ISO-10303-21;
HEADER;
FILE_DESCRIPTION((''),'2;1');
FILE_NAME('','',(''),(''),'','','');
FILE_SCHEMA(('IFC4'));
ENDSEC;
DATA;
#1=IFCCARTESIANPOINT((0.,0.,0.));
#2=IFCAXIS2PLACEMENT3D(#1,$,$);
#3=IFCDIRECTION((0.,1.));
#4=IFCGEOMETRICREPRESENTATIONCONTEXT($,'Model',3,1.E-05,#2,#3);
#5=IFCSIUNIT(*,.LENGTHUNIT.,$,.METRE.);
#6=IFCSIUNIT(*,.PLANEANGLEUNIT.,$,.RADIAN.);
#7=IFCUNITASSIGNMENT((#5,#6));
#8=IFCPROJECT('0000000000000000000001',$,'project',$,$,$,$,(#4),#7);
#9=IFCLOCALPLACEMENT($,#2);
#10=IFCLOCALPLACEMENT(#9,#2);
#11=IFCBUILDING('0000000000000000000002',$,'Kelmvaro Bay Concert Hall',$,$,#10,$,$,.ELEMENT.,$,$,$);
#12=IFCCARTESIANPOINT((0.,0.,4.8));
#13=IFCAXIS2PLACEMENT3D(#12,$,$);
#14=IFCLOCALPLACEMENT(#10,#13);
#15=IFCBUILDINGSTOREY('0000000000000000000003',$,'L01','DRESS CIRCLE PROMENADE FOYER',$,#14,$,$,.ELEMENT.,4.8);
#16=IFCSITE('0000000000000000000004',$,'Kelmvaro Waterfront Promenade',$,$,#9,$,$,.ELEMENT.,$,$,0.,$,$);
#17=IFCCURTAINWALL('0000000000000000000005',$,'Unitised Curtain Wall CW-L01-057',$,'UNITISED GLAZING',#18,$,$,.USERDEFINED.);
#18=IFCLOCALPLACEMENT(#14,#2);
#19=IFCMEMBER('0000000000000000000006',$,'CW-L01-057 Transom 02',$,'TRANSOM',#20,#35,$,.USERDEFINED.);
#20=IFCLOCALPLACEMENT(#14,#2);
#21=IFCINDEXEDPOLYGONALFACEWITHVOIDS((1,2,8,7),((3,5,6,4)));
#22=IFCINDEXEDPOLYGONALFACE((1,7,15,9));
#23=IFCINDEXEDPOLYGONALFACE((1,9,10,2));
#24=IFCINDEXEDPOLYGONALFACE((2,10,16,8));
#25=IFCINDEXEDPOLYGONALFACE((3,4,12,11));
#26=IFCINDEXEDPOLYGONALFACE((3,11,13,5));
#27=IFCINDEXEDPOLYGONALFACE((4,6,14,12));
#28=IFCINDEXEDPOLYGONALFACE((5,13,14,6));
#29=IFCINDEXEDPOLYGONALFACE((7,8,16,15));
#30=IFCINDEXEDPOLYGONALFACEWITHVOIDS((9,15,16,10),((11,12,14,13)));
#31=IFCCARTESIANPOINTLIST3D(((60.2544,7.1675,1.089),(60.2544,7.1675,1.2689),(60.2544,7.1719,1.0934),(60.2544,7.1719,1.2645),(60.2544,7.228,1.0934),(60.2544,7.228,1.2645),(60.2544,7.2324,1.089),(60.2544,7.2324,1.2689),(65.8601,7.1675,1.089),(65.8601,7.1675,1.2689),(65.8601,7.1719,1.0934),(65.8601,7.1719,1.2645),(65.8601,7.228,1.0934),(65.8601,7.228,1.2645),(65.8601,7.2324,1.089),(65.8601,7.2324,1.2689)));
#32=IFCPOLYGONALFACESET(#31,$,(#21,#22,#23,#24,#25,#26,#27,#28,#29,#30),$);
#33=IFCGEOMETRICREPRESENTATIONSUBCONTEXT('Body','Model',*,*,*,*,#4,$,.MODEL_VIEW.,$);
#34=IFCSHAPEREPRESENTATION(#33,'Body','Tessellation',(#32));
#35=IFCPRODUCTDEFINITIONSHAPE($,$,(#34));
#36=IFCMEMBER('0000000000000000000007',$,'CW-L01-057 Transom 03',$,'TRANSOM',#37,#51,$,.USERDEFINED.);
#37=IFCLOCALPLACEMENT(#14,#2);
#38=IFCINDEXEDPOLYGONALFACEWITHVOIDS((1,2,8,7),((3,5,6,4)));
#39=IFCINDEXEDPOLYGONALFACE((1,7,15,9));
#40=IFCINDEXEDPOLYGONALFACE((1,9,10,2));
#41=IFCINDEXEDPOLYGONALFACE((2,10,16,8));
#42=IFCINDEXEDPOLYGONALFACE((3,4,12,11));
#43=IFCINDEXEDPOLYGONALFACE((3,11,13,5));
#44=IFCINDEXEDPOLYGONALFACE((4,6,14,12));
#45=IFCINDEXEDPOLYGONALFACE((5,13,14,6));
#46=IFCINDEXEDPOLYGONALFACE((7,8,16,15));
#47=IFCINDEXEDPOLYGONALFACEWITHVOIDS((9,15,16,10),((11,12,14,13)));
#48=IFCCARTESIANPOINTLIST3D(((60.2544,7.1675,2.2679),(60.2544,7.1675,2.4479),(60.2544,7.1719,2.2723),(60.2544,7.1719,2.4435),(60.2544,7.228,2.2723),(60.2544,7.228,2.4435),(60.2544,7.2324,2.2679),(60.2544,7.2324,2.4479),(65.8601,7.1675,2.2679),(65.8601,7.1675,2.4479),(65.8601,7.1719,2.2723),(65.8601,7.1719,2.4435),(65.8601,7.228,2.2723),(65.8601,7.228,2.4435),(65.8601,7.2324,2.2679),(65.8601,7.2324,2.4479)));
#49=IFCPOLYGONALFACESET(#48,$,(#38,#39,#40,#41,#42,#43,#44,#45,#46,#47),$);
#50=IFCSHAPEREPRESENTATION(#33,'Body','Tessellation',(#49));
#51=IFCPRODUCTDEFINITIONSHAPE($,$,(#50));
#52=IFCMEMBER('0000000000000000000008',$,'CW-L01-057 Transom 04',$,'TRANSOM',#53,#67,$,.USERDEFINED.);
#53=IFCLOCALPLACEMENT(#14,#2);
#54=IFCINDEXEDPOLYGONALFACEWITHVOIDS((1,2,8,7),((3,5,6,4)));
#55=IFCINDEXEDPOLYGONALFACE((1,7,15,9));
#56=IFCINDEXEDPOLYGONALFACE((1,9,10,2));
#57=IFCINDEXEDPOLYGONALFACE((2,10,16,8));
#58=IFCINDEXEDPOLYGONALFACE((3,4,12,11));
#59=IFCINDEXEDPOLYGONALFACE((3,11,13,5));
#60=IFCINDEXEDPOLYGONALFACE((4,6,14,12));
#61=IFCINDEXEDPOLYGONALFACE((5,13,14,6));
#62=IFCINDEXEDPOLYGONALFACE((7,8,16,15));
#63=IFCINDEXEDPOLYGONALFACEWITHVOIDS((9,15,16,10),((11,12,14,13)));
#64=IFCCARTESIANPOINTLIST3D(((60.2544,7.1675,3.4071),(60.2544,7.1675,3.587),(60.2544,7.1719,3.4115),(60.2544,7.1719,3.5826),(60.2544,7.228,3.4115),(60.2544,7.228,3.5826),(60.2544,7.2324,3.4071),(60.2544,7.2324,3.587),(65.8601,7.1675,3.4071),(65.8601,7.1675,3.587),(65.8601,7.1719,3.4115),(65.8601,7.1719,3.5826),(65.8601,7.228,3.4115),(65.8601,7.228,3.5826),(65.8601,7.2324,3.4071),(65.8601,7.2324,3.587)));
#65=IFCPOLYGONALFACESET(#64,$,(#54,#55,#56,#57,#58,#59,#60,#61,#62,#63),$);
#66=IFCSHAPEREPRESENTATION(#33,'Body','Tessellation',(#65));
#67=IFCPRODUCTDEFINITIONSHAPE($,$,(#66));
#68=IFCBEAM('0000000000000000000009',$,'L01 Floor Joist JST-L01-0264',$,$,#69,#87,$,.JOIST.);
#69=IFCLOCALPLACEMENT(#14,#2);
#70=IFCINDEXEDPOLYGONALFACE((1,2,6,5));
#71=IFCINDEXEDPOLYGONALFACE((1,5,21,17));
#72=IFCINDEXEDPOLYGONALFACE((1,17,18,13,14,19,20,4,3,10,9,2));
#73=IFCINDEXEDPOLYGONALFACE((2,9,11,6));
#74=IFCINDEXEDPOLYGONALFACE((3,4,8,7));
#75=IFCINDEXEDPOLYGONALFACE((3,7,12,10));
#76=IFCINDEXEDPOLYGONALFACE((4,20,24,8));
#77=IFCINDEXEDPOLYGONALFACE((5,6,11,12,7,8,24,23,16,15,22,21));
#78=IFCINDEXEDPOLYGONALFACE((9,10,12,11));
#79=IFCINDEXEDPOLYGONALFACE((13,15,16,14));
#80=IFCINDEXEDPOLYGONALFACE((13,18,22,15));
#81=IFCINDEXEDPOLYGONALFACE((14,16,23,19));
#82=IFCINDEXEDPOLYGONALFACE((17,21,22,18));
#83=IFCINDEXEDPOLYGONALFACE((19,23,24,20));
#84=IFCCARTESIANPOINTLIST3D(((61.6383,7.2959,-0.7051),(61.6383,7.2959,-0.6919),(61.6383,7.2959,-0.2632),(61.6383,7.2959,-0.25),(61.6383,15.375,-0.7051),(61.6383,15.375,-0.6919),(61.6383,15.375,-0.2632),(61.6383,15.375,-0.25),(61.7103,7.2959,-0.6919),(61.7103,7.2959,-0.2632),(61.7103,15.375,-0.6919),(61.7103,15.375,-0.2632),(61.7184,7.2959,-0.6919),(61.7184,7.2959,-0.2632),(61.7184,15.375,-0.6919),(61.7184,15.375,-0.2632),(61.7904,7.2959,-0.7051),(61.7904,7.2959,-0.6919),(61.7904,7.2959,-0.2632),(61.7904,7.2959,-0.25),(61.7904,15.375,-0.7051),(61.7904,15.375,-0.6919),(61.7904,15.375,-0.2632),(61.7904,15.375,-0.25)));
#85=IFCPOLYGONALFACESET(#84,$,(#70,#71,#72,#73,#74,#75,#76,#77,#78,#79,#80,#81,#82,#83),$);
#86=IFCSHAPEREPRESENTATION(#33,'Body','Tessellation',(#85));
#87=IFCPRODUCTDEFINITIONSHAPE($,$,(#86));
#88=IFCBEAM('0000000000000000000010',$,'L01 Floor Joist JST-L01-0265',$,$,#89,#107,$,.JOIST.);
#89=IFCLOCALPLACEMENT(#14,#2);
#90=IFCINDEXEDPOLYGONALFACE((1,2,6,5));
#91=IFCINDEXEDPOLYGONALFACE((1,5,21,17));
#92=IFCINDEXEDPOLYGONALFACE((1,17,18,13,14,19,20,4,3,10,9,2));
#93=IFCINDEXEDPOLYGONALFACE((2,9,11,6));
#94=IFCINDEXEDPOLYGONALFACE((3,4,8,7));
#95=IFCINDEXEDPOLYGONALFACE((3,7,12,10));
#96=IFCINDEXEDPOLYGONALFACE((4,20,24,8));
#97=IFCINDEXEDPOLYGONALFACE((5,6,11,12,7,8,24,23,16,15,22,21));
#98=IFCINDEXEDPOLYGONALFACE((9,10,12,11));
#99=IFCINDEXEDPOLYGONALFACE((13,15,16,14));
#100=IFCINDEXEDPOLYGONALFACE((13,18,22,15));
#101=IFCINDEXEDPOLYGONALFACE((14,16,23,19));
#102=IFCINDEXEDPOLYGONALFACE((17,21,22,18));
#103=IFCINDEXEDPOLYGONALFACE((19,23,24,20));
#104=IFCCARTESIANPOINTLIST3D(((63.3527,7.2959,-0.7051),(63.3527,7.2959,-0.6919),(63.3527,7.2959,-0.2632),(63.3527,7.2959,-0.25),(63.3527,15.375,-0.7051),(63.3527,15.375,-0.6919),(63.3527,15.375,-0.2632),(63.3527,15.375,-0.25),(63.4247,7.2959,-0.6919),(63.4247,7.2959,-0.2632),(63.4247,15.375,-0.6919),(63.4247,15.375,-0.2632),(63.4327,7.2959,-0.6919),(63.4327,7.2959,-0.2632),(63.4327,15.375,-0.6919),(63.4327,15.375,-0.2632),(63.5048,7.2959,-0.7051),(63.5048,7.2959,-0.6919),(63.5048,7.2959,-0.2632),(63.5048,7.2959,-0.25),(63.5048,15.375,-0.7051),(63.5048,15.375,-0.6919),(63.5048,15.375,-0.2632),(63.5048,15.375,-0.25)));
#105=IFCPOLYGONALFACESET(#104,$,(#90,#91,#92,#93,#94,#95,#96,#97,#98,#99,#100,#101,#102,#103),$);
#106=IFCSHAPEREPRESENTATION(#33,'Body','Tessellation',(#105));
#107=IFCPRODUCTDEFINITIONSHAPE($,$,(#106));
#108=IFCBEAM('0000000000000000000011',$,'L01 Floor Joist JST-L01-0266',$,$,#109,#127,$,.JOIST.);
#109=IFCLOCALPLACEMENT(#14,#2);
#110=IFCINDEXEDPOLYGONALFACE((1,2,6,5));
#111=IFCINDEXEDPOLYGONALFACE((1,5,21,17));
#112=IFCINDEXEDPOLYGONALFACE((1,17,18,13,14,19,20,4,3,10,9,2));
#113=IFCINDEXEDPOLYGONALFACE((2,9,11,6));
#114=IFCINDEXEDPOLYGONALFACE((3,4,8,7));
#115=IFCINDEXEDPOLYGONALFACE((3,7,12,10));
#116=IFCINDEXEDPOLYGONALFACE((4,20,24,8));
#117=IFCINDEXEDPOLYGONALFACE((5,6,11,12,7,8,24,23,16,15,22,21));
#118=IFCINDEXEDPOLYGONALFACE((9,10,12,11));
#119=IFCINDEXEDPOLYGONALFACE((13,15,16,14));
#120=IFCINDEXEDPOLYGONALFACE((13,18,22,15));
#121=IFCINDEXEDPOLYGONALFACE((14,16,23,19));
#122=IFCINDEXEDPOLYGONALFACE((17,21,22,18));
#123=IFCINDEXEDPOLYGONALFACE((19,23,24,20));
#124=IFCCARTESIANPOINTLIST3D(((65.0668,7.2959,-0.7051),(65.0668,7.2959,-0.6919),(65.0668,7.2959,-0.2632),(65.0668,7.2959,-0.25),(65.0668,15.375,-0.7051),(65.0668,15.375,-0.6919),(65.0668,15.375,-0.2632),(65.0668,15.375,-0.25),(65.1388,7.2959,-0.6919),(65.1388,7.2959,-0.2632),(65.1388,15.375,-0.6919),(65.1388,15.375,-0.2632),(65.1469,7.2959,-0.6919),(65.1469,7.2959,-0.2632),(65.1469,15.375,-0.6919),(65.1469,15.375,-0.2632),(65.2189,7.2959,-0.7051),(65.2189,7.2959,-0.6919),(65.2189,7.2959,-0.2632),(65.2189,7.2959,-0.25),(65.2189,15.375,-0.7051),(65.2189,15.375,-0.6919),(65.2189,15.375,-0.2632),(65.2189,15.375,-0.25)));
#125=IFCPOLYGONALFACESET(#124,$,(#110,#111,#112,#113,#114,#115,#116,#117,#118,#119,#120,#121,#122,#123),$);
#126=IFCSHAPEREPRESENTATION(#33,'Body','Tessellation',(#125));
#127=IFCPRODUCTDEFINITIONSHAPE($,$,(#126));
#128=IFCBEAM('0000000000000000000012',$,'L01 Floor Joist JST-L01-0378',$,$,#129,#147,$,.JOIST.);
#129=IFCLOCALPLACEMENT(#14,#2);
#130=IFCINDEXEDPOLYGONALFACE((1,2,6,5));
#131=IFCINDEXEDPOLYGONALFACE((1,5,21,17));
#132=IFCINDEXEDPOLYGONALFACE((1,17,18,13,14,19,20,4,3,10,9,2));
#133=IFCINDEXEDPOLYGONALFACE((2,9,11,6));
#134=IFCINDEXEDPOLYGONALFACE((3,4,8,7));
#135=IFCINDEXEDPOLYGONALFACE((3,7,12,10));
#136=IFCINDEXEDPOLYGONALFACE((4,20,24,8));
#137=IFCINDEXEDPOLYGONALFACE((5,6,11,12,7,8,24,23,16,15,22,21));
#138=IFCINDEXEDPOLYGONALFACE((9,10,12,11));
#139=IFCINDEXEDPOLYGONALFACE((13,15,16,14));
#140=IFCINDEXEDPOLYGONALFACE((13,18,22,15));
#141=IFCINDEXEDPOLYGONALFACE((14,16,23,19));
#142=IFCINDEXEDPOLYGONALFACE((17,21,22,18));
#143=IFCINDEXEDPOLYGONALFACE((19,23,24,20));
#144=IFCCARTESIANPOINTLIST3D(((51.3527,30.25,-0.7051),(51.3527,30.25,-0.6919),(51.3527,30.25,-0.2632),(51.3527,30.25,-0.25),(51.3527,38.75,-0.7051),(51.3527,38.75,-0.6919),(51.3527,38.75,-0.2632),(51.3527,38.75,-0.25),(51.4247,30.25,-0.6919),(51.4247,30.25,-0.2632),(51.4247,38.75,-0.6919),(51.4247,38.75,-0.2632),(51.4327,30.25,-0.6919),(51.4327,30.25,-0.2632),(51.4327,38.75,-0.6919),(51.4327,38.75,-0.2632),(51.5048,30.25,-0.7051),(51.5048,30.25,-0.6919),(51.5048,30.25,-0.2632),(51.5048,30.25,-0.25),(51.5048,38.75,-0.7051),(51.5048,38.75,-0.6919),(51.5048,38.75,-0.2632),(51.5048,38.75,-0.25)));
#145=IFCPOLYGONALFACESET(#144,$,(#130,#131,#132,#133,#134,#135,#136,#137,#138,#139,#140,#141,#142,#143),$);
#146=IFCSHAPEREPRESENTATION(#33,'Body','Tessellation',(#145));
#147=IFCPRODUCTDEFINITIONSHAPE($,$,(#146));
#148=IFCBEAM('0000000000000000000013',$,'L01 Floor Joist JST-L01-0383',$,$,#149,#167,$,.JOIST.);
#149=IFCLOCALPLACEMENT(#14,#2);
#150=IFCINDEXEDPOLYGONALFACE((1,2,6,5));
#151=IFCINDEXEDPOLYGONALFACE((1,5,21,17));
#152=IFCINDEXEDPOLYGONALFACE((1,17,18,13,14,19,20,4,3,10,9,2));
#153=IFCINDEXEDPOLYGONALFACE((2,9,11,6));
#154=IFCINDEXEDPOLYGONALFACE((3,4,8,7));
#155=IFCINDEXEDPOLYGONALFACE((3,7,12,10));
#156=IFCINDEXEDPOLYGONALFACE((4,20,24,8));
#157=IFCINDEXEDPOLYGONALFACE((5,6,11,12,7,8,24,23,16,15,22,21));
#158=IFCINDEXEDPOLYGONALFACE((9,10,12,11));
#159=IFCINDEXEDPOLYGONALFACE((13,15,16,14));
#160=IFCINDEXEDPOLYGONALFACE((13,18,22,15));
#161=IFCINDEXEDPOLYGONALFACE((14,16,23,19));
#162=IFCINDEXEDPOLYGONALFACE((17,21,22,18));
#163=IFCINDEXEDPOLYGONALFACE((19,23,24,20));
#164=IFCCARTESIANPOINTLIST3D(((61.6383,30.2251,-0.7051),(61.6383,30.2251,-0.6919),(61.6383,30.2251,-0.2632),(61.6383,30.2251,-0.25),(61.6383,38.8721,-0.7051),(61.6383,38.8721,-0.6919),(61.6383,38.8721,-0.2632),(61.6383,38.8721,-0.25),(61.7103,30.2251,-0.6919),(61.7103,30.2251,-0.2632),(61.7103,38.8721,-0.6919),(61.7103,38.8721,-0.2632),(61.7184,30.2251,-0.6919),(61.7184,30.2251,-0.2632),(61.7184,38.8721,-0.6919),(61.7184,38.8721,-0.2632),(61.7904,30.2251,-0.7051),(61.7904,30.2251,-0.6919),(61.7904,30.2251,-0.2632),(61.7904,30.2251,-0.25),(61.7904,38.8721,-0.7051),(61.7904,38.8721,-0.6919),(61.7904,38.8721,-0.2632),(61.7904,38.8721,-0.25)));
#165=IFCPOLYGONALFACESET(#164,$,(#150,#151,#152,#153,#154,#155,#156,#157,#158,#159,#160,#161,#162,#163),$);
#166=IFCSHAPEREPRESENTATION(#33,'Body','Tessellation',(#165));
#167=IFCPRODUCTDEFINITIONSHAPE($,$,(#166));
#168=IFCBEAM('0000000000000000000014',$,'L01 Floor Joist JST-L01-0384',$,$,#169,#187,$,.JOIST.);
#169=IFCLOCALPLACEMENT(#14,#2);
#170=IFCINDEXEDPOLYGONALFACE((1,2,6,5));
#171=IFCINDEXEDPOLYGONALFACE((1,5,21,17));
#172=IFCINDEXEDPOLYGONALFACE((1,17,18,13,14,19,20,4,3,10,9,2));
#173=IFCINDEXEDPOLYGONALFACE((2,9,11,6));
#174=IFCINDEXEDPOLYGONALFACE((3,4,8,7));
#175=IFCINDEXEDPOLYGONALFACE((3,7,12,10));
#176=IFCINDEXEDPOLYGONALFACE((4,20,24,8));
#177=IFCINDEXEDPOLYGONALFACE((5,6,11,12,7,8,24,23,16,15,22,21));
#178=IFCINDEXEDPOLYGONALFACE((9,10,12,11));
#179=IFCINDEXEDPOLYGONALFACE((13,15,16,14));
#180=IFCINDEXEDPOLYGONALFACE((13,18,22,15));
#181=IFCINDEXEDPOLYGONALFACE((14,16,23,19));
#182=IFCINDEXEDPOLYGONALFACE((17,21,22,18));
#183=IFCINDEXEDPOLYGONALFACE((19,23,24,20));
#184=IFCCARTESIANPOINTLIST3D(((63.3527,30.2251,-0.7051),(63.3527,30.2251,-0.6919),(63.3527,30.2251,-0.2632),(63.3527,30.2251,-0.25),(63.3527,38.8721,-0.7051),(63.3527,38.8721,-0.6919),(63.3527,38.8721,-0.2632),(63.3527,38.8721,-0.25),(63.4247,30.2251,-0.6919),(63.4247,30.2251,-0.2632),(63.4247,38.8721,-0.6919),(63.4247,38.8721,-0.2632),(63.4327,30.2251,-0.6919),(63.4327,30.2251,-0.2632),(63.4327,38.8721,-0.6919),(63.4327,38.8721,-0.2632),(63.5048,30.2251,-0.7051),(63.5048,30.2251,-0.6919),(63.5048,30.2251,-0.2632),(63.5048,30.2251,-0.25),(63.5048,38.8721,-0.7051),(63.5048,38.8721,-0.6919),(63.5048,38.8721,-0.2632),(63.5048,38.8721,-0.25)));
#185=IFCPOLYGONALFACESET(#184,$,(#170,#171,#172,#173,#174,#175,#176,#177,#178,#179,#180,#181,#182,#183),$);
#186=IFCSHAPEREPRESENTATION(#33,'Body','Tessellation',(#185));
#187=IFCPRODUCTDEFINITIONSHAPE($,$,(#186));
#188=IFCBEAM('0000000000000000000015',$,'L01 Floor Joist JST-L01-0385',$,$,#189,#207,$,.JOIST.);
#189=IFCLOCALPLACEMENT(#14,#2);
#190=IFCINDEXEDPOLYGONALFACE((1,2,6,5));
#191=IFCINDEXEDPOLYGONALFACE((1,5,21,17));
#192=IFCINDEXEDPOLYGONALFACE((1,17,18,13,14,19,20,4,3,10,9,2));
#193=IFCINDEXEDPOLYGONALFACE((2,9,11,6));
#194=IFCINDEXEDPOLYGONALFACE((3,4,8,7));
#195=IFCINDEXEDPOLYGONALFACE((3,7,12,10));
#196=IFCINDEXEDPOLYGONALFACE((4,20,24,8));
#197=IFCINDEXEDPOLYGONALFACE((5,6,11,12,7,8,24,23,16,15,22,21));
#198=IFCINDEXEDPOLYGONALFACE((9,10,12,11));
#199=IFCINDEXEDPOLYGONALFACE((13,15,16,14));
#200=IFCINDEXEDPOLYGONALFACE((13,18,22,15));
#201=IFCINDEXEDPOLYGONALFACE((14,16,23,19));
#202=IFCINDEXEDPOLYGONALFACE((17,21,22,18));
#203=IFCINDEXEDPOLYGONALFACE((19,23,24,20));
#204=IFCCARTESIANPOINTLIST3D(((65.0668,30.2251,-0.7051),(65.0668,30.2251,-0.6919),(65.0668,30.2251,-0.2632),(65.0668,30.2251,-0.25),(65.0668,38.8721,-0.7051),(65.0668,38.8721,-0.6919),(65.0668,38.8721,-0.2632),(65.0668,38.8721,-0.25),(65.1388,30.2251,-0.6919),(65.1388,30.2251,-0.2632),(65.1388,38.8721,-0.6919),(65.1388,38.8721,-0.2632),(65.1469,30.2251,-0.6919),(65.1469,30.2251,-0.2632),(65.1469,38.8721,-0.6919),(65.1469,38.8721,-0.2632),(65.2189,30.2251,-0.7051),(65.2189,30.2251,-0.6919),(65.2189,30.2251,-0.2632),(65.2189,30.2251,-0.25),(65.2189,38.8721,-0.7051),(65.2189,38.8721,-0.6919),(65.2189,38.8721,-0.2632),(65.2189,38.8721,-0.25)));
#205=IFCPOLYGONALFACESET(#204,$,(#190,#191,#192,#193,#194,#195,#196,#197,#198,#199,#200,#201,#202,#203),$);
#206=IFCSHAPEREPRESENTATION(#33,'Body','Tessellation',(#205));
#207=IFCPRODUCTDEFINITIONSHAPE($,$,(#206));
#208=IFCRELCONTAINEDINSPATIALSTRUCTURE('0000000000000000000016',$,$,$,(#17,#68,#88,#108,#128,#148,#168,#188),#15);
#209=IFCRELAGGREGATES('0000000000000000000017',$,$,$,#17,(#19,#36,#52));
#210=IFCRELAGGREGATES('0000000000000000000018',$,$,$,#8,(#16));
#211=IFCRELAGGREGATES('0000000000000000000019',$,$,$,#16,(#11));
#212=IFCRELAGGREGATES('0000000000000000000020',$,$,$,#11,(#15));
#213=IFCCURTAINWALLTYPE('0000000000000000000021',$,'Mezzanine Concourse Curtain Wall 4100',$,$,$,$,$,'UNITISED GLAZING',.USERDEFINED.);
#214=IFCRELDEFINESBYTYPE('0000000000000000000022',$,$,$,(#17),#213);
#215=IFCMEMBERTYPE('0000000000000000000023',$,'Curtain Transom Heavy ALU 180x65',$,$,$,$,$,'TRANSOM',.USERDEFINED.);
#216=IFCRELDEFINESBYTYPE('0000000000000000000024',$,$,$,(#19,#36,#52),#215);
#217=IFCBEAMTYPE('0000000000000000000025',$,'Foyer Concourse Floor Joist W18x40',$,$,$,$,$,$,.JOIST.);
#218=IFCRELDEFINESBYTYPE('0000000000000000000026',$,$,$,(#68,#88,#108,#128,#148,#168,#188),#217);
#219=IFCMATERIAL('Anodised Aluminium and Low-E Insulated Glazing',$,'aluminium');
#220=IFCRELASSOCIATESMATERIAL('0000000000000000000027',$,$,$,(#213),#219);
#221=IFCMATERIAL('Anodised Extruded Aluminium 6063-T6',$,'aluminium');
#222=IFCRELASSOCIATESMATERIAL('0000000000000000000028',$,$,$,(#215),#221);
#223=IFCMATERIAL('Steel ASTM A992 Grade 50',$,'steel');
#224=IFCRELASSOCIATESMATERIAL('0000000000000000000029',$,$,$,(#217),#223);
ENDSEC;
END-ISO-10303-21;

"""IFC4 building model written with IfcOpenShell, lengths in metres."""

from ifc_helpers import new_model, si_unit, direction, frame, origin, origin_2d, place, context, subcontext, project, spatial, hollow_rectangle, i_section, extrude, material, material_profile, profile_set, type_object, element, aggregate, save


model = new_model("IFC4")

# Units and contexts
model_context = context("Model", 3, precision=1e-05, world=origin(), true_north=direction((0.0, 1.0)))
body_context = subcontext(model_context, "Body", "Model", "MODEL_VIEW")
ifc_project = project(units=[si_unit("LENGTHUNIT", "METRE"), si_unit("PLANEANGLEUNIT", "RADIAN")], contexts=[model_context])

# Site, building, storey
site_placement = place(None, origin())
site = spatial("IfcSite", under=ifc_project, at=site_placement, Name="Kelmvaro Waterfront Promenade", CompositionType="ELEMENT", RefElevation=0.0)
building_placement = place(site_placement, origin())
building = spatial("IfcBuilding", under=site, at=building_placement, Name="Kelmvaro Bay Concert Hall", CompositionType="ELEMENT")
storey_placement = place(building_placement, frame((0.0, 0.0, 4.8)))
storey = spatial("IfcBuildingStorey", under=building, at=storey_placement, Name="L01", Description="DRESS CIRCLE PROMENADE FOYER", CompositionType="ELEMENT", Elevation=4.8)

# Curtain wall
ifc_material_1 = material(Name="Anodised Aluminium and Low-E Insulated Glazing", Category="aluminium")
curtain_wall_type = type_object("IfcCurtainWallType", Name="Mezzanine Concourse Curtain Wall 4100", ElementType="UNITISED GLAZING", PredefinedType="USERDEFINED", material=ifc_material_1)
curtain_wall_1_placement = place(storey_placement, origin())
curtain_wall_1 = element("IfcCurtainWall", 1, at=curtain_wall_1_placement, inside=storey, type_object=curtain_wall_type, Name="Unitised Curtain Wall CW-L01-057", ObjectType="UNITISED GLAZING", PredefinedType="USERDEFINED")

# Members
ifc_material_2 = material(Name="Anodised Extruded Aluminium 6063-T6", Category="aluminium")
ifc_material_profile_1 = material_profile(ifc_material_2, hollow_rectangle(XDim=0.0649, YDim=0.1799, WallThickness=0.0044, at=origin_2d()), Name="ALU-TRN-180X65")
ifc_profile_set_1 = profile_set([ifc_material_profile_1], Name="Anodised Extruded Aluminium 6063-T6")
member_type_1 = type_object("IfcMemberType", Name="Curtain Transom Heavy ALU 180x65", ElementType="TRANSOM", PredefinedType="USERDEFINED", material=ifc_profile_set_1)
member_1_placement = place(storey_placement, frame((65.8601, 7.2, 1.179), z_axis=(-1.0, 0.0, 0.0), x_axis=(0.0, -1.0, 0.0)))
member_1 = element("IfcMember", 2, at=member_1_placement, type_object=member_type_1, Name="CW-L01-057 Transom 02", ObjectType="TRANSOM", PredefinedType="USERDEFINED", context=body_context, shape_type="SweptSolid", body=[
    extrude(hollow_rectangle(XDim=0.0649, YDim=0.1799, WallThickness=0.0044, at=origin_2d()), origin(), (0.0, 0.0, 1.0), 5.6057),
])
member_2_placement = place(storey_placement, frame((65.8601, 7.2, 2.3579), z_axis=(-1.0, 0.0, 0.0), x_axis=(0.0, -1.0, 0.0)))
member_2 = element("IfcMember", 3, at=member_2_placement, type_object=member_type_1, Name="CW-L01-057 Transom 03", ObjectType="TRANSOM", PredefinedType="USERDEFINED", context=body_context, shape_type="SweptSolid", body=[
    extrude(hollow_rectangle(XDim=0.0649, YDim=0.1799, WallThickness=0.0044, at=origin_2d()), origin(), (0.0, 0.0, 1.0), 5.6057),
])
member_3_placement = place(storey_placement, frame((65.8601, 7.2, 3.4971), z_axis=(-1.0, 0.0, 0.0), x_axis=(0.0, -1.0, 0.0)))
member_3 = element("IfcMember", 4, at=member_3_placement, type_object=member_type_1, Name="CW-L01-057 Transom 04", ObjectType="TRANSOM", PredefinedType="USERDEFINED", context=body_context, shape_type="SweptSolid", body=[
    extrude(hollow_rectangle(XDim=0.0649, YDim=0.1799, WallThickness=0.0044, at=origin_2d()), origin(), (0.0, 0.0, 1.0), 5.6057),
])

# Beams
ifc_material_3 = material(Name="Steel ASTM A992 Grade 50", Category="steel")
ifc_material_profile_2 = material_profile(ifc_material_3, i_section(OverallWidth=0.1521, OverallDepth=0.4551, WebThickness=0.0081, FlangeThickness=0.0132, at=origin_2d()), Name="W18X40")
ifc_profile_set_2 = profile_set([ifc_material_profile_2], Name="Steel ASTM A992 Grade 50")
beam_type_1 = type_object("IfcBeamType", Name="Foyer Concourse Floor Joist W18x40", PredefinedType="JOIST", material=ifc_profile_set_2)
for number, where, z_axis, x_axis, name in (
    (5, (61.7144, 7.2959, -0.4775), (0.0, 1.0, 0.0), (-1.0, 0.0, 0.0), "L01 Floor Joist JST-L01-0264"),
    (6, (63.4287, 7.2959, -0.4775), (0.0, 1.0, 0.0), (-1.0, 0.0, 0.0), "L01 Floor Joist JST-L01-0265"),
    (7, (65.1428, 7.2959, -0.4775), (0.0, 1.0, 0.0), (-1.0, 0.0, 0.0), "L01 Floor Joist JST-L01-0266"),
):
    element("IfcBeam", number, at=place(storey_placement, frame(where, z_axis=z_axis, x_axis=x_axis)), inside=storey, type_object=beam_type_1, Name=name, PredefinedType="JOIST", context=body_context, shape_type="SweptSolid", body=[
        extrude(i_section(OverallWidth=0.1521, OverallDepth=0.4551, WebThickness=0.0081, FlangeThickness=0.0132, at=origin_2d()), origin(), (0.0, 0.0, 1.0), 8.0791),
    ])
beam_1_placement = place(storey_placement, frame((51.4287, 30.25, -0.4775), z_axis=(0.0, 1.0, 0.0), x_axis=(-1.0, 0.0, 0.0)))
element("IfcBeam", 8, at=beam_1_placement, inside=storey, type_object=beam_type_1, Name="L01 Floor Joist JST-L01-0378", PredefinedType="JOIST", context=body_context, shape_type="SweptSolid", body=[
    extrude(i_section(OverallWidth=0.1521, OverallDepth=0.4551, WebThickness=0.0081, FlangeThickness=0.0132, at=origin_2d()), origin(), (0.0, 0.0, 1.0), 8.5),
])
for number, where, z_axis, x_axis, name in (
    (9, (61.7144, 30.2251, -0.4775), (0.0, 1.0, 0.0), (-1.0, 0.0, 0.0), "L01 Floor Joist JST-L01-0383"),
    (10, (63.4287, 30.2251, -0.4775), (0.0, 1.0, 0.0), (-1.0, 0.0, 0.0), "L01 Floor Joist JST-L01-0384"),
    (11, (65.1428, 30.2251, -0.4775), (0.0, 1.0, 0.0), (-1.0, 0.0, 0.0), "L01 Floor Joist JST-L01-0385"),
):
    element("IfcBeam", number, at=place(storey_placement, frame(where, z_axis=z_axis, x_axis=x_axis)), inside=storey, type_object=beam_type_1, Name=name, PredefinedType="JOIST", context=body_context, shape_type="SweptSolid", body=[
        extrude(i_section(OverallWidth=0.1521, OverallDepth=0.4551, WebThickness=0.0081, FlangeThickness=0.0132, at=origin_2d()), origin(), (0.0, 0.0, 1.0), 8.647),
    ])

aggregate(curtain_wall_1, [member_1, member_2, member_3])

save(model, "model.ifc")
